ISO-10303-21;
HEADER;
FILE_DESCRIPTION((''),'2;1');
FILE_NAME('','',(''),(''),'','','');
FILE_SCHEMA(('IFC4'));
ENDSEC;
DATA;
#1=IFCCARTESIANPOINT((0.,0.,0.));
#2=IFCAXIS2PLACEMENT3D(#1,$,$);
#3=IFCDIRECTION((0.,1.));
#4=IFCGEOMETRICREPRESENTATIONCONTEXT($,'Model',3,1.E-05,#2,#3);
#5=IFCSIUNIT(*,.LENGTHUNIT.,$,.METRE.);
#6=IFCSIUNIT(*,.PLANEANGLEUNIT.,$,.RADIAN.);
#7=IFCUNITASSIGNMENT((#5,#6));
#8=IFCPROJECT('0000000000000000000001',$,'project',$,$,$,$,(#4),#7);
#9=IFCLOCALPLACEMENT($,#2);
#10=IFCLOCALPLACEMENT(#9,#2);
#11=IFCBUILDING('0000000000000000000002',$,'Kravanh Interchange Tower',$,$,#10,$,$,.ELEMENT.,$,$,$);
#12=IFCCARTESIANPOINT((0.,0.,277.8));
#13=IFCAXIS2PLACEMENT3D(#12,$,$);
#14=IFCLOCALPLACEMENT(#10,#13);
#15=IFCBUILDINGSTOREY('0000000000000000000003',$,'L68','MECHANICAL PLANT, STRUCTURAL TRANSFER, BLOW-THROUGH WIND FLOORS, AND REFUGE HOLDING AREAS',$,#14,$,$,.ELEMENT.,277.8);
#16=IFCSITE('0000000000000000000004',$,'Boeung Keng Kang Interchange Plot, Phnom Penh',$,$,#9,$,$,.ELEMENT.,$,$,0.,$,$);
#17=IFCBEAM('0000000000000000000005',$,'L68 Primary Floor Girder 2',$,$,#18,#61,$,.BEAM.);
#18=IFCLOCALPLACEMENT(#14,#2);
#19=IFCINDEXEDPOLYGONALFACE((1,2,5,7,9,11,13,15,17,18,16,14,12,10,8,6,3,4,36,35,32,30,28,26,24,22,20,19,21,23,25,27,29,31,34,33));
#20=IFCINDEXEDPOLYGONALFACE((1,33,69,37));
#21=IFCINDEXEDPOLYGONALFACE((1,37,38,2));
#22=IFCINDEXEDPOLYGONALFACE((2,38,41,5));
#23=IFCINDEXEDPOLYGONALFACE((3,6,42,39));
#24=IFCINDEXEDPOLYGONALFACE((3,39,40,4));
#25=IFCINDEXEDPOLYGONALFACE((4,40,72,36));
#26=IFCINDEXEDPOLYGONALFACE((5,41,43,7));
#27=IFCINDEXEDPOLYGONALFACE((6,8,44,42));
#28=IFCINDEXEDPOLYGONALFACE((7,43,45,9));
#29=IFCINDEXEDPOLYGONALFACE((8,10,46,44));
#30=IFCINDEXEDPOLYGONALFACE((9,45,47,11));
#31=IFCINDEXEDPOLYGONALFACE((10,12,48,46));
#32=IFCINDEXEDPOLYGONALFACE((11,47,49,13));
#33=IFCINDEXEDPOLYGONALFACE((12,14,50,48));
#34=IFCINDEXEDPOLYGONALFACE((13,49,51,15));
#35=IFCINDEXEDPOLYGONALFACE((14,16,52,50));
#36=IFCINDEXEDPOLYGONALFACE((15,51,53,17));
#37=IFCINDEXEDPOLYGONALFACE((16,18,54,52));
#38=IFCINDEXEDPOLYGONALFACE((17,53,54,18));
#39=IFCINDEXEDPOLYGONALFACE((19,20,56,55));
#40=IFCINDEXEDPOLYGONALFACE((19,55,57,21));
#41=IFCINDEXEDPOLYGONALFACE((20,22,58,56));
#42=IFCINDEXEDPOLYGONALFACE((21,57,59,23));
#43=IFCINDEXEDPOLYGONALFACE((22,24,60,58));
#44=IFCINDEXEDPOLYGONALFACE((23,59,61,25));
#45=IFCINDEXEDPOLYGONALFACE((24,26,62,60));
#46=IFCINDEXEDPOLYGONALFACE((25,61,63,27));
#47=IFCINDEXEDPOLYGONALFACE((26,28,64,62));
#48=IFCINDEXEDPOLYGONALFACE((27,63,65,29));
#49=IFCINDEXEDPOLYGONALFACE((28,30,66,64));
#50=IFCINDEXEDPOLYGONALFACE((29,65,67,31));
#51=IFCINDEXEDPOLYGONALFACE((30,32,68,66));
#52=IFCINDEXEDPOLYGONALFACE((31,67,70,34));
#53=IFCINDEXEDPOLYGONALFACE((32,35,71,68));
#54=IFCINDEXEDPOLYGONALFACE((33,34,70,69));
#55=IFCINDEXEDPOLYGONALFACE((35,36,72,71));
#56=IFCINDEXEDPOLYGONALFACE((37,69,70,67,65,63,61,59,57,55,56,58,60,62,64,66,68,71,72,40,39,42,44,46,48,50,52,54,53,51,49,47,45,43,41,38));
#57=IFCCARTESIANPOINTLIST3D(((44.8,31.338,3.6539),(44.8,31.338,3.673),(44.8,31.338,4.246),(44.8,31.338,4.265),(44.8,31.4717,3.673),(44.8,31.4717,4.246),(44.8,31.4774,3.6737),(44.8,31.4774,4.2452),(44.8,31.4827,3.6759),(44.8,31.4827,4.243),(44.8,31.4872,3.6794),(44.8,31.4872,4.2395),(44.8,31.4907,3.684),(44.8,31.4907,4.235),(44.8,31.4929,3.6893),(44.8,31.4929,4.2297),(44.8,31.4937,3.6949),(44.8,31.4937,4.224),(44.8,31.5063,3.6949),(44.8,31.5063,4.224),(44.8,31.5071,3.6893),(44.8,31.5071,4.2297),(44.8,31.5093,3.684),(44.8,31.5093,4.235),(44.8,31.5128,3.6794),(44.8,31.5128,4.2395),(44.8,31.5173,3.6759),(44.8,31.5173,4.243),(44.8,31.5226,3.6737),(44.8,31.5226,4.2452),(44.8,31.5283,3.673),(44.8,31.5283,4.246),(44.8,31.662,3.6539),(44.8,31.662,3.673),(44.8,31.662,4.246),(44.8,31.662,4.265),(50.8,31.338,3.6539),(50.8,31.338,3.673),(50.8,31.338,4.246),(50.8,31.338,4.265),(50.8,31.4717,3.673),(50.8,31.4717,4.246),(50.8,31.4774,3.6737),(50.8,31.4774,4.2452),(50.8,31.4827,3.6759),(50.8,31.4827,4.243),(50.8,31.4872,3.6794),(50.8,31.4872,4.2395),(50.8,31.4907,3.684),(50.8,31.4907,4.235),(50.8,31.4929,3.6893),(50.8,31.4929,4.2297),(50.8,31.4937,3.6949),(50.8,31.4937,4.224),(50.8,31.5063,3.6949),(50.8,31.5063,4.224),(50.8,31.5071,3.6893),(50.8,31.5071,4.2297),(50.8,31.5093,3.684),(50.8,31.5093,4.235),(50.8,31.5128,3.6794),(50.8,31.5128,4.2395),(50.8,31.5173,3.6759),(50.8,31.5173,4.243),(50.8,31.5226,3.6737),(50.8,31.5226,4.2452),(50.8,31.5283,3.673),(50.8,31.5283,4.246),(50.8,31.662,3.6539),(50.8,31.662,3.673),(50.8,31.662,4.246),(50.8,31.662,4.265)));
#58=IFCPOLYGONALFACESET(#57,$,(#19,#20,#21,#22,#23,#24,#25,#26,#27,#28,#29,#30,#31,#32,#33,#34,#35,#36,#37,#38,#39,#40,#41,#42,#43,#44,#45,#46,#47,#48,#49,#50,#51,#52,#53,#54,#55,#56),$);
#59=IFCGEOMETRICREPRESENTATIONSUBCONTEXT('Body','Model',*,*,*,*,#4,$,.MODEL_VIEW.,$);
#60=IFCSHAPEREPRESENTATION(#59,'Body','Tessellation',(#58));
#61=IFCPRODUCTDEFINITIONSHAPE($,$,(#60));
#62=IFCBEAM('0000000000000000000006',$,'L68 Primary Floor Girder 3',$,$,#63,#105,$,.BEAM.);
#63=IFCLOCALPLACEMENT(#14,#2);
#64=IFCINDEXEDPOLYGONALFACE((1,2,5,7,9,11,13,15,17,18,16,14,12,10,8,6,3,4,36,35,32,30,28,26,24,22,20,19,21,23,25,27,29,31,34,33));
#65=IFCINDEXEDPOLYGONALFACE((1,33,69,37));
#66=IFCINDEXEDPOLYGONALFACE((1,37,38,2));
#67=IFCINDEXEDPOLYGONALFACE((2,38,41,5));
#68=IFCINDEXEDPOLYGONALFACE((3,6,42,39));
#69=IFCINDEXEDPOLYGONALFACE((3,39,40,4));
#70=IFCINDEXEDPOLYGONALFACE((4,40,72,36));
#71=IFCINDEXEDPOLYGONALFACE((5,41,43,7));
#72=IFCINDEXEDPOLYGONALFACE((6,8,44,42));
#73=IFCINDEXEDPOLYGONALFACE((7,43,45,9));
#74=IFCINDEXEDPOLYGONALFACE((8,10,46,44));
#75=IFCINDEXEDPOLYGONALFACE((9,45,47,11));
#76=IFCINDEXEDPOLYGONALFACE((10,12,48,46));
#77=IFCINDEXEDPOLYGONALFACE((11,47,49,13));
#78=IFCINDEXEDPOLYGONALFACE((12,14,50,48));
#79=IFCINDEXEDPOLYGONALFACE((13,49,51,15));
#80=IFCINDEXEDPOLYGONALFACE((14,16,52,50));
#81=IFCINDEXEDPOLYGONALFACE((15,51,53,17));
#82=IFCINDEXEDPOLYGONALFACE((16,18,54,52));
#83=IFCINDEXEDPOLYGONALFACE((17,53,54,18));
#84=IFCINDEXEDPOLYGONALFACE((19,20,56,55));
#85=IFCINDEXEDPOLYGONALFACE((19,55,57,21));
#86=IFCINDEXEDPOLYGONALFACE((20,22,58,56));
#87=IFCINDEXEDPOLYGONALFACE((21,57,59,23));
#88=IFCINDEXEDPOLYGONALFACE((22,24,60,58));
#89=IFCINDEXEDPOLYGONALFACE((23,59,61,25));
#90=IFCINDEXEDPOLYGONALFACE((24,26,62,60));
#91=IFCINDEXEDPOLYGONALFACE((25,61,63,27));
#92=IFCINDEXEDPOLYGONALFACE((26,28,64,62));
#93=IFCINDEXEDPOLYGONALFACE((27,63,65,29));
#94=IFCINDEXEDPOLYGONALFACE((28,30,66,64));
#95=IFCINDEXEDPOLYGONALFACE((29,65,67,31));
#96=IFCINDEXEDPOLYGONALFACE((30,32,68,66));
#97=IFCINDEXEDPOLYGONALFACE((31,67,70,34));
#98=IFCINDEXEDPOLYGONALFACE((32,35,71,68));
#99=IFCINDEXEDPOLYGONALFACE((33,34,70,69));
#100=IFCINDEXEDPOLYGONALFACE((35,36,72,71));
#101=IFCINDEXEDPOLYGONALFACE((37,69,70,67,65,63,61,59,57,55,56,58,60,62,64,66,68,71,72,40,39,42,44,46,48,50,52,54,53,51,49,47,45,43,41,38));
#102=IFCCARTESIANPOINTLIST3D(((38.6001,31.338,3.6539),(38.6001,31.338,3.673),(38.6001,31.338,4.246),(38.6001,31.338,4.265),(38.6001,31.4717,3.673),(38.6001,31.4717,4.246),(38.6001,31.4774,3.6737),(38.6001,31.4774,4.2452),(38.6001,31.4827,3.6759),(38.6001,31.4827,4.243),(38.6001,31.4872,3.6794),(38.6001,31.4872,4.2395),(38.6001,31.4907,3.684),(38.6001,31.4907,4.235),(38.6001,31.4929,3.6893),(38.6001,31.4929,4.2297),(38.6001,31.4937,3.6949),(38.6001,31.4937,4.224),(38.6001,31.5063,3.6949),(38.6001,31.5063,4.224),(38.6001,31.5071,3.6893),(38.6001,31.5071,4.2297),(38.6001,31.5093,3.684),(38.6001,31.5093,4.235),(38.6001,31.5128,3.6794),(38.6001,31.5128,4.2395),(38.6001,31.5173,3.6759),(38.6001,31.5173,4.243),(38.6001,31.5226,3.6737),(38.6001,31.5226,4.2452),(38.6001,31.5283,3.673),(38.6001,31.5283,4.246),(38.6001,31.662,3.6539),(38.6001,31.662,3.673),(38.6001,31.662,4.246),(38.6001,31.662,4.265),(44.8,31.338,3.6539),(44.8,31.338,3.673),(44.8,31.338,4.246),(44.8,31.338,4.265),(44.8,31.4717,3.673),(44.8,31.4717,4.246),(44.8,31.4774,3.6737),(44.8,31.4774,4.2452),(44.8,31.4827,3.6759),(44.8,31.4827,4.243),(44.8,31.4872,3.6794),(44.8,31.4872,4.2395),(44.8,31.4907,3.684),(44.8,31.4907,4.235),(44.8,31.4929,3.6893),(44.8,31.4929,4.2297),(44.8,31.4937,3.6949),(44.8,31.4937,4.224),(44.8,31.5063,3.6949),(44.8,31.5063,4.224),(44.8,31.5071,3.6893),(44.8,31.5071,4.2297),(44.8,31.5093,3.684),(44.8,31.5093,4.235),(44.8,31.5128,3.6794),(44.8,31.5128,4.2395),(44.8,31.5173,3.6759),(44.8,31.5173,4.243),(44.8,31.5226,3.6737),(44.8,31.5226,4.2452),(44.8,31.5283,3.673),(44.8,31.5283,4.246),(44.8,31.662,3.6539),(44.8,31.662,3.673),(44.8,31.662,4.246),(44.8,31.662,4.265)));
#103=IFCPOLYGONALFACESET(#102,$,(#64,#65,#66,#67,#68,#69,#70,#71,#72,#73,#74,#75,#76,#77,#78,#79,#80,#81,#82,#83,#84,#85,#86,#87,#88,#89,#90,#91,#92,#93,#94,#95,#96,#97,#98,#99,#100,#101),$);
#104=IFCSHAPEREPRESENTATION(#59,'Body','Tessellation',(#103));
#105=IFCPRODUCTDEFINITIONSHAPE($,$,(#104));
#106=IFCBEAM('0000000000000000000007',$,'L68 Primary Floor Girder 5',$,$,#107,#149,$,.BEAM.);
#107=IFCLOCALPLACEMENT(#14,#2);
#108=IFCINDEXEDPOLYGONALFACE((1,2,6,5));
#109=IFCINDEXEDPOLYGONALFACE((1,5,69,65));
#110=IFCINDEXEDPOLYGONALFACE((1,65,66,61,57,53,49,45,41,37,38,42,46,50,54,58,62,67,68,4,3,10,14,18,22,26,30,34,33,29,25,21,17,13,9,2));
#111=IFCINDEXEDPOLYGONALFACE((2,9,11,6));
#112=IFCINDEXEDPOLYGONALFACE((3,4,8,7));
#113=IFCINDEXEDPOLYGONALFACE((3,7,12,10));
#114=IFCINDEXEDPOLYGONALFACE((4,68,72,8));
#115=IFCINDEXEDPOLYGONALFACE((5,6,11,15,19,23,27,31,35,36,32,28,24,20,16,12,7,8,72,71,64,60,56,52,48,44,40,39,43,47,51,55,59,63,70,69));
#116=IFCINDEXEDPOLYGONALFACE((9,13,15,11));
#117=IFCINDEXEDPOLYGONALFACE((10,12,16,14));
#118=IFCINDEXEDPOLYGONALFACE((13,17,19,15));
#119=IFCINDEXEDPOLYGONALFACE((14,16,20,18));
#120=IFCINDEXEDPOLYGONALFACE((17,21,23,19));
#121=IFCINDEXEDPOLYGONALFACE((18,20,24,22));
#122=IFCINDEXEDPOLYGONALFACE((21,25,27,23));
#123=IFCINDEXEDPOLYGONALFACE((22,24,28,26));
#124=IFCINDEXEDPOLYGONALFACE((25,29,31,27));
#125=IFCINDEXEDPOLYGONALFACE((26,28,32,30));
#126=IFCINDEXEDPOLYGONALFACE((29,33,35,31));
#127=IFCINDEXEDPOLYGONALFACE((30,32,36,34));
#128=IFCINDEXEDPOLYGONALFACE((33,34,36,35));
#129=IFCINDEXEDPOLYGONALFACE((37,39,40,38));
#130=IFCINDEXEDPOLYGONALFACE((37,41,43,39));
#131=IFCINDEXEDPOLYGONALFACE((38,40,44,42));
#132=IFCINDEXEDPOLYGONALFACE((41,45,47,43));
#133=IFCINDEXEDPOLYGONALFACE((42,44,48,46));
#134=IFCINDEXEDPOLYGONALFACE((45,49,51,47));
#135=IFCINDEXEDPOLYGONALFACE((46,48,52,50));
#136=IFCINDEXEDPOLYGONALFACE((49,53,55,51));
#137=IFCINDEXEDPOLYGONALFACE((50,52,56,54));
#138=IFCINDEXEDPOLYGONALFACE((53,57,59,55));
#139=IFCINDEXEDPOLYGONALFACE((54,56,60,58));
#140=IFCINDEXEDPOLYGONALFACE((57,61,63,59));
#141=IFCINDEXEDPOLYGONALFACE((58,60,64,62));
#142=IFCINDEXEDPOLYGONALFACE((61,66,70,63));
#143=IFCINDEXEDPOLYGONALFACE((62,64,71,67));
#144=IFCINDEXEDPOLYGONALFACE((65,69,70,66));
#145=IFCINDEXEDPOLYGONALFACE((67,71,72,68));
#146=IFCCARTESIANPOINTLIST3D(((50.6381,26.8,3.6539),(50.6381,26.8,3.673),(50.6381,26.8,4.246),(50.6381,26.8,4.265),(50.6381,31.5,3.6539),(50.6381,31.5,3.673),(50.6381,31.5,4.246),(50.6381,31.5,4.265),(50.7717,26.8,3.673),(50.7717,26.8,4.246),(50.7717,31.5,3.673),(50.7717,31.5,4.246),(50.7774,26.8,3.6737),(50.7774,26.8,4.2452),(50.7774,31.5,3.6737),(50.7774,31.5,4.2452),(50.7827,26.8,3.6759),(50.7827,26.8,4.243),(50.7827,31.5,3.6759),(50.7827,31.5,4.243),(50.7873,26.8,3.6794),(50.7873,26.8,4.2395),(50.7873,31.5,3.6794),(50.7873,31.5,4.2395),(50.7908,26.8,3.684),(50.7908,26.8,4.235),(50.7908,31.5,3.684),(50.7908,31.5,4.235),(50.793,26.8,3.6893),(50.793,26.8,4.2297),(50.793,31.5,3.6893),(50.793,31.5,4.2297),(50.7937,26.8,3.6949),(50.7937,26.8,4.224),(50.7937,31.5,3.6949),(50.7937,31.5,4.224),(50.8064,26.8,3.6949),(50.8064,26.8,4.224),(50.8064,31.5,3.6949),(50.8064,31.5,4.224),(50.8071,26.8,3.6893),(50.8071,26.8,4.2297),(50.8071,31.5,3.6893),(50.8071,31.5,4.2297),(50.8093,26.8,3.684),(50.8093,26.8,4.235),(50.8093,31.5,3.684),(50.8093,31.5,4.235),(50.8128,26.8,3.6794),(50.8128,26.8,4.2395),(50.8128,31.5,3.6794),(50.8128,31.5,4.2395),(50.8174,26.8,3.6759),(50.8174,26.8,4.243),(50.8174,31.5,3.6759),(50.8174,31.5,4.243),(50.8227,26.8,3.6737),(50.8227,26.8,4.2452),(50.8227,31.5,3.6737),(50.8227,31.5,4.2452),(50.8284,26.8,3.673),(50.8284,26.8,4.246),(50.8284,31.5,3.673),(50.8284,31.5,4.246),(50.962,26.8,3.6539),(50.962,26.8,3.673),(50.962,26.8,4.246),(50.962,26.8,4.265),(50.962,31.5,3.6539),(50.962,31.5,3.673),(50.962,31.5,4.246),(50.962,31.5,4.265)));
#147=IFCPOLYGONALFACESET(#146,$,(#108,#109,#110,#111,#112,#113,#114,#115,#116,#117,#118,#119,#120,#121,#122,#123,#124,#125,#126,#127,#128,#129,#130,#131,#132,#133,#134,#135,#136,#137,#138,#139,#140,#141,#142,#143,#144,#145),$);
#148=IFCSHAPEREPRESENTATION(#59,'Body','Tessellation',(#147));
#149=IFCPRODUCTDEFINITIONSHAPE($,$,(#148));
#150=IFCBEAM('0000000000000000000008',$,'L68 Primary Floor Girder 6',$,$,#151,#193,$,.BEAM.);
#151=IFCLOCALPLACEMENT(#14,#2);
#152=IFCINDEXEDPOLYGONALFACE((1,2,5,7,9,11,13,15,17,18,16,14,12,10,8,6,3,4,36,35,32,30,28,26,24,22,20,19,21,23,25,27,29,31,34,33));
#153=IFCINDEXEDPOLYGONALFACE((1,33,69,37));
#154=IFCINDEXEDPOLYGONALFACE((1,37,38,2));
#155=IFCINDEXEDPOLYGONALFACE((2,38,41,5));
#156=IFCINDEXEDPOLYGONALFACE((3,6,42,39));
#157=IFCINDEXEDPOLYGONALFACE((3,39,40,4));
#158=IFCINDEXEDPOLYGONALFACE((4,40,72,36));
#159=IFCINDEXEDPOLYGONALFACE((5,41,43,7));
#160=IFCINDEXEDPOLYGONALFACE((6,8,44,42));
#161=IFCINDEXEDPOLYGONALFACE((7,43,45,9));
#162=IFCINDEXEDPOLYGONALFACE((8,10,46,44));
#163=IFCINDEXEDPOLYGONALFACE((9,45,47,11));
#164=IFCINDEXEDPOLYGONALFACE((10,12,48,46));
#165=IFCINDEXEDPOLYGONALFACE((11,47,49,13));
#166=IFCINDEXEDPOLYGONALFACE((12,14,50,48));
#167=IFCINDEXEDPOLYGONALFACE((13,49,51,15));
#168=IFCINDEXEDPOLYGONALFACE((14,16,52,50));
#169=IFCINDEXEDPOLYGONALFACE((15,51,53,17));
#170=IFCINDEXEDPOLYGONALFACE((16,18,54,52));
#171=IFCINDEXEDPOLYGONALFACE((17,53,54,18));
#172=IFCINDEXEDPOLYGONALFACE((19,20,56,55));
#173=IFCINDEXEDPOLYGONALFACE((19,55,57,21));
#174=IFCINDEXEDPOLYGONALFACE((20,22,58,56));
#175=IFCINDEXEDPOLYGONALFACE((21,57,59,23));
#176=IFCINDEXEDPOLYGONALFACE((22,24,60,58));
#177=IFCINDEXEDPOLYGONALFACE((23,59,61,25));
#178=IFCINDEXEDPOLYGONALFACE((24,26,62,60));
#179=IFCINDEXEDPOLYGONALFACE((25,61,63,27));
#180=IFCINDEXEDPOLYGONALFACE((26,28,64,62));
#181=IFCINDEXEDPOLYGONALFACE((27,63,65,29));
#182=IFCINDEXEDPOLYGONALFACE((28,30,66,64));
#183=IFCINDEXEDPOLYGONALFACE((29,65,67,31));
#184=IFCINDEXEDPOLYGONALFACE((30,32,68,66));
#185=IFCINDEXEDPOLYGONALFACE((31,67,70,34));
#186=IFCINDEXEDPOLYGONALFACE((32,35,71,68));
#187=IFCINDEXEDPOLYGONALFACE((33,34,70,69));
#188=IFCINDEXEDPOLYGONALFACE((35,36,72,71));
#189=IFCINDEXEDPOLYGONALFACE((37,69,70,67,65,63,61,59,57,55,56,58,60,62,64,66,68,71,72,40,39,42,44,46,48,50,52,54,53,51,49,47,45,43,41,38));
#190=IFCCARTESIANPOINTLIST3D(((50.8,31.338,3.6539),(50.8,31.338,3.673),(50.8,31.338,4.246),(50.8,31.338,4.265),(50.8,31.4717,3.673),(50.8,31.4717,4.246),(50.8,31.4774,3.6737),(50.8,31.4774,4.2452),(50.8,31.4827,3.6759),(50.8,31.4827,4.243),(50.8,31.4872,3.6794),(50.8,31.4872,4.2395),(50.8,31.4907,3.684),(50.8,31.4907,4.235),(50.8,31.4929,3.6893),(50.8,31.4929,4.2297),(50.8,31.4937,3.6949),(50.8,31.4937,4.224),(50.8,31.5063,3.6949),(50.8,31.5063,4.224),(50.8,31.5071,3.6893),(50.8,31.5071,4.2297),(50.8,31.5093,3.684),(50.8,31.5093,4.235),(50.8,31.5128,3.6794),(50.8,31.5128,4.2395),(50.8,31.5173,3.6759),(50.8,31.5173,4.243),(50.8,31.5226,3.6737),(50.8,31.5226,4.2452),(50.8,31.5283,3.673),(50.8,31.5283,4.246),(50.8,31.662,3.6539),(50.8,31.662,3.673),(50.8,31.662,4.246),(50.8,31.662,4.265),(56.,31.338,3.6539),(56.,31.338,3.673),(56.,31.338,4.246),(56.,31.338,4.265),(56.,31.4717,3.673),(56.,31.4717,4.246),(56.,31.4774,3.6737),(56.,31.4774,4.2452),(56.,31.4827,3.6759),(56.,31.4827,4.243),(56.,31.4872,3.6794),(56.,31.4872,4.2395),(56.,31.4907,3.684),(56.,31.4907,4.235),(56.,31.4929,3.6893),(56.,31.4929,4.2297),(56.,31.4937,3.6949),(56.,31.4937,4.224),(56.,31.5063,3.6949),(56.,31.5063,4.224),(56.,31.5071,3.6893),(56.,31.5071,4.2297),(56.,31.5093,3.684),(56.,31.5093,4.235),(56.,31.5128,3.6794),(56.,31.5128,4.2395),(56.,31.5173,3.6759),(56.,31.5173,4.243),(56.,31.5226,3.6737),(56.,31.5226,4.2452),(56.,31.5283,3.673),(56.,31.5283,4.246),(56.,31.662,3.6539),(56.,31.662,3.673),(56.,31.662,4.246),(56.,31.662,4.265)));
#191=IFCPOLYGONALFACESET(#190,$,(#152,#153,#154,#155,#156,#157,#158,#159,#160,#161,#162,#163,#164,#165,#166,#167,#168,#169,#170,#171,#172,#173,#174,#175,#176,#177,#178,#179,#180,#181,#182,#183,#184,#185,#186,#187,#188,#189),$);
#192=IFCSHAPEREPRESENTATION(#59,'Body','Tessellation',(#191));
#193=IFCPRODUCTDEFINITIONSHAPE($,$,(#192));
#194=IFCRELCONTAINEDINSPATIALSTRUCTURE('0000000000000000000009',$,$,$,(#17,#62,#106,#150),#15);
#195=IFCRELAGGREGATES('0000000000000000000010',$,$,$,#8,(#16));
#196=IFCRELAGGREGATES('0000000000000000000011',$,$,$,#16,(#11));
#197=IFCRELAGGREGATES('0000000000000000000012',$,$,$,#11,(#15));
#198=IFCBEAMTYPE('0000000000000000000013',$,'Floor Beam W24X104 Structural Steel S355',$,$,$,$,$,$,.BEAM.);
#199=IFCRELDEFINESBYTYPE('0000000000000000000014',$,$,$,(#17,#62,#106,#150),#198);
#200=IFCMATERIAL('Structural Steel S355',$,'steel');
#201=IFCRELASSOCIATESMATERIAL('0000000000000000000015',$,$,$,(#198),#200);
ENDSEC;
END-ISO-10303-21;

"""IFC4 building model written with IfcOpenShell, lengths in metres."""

from ifc_helpers import new_model, si_unit, direction, frame, origin, origin_2d, place, context, subcontext, project, spatial, i_section, extrude, material, material_profile, profile_set, type_object, element, save


model = new_model("IFC4")

# Units and contexts
model_context = context("Model", 3, precision=1e-05, world=origin(), true_north=direction((0.0, 1.0)))
body_context = subcontext(model_context, "Body", "Model", "MODEL_VIEW")
ifc_project = project(units=[si_unit("LENGTHUNIT", "METRE"), si_unit("PLANEANGLEUNIT", "RADIAN")], contexts=[model_context])

# Site, building, storey
site_placement = place(None, origin())
site = spatial("IfcSite", under=ifc_project, at=site_placement, Name="Boeung Keng Kang Interchange Plot, Phnom Penh", CompositionType="ELEMENT", RefElevation=0.0)
building_placement = place(site_placement, origin())
building = spatial("IfcBuilding", under=site, at=building_placement, Name="Kravanh Interchange Tower", CompositionType="ELEMENT")
storey_placement = place(building_placement, frame((0.0, 0.0, 277.8)))
storey = spatial("IfcBuildingStorey", under=building, at=storey_placement, Name="L68", Description="MECHANICAL PLANT, STRUCTURAL TRANSFER, BLOW-THROUGH WIND FLOORS, AND REFUGE HOLDING AREAS", CompositionType="ELEMENT", Elevation=277.8)

# Beams
ifc_material_1 = material(Name="Structural Steel S355", Category="steel")
ifc_material_profile_1 = material_profile(ifc_material_1, i_section(OverallWidth=0.324, OverallDepth=0.6111, WebThickness=0.0127, FlangeThickness=0.019, FilletRadius=0.022, at=origin_2d()), Name="W24X104")
ifc_profile_set_1 = profile_set([ifc_material_profile_1], Name="Structural Steel S355")
beam_type_1 = type_object("IfcBeamType", Name="Floor Beam W24X104 Structural Steel S355", PredefinedType="BEAM", material=ifc_profile_set_1)
beam_1_placement = place(storey_placement, frame((44.8, 31.5, 3.9595), z_axis=(1.0, 0.0, 0.0), x_axis=(0.0, 1.0, 0.0)))
element("IfcBeam", 1, at=beam_1_placement, inside=storey, type_object=beam_type_1, Name="L68 Primary Floor Girder 2", PredefinedType="BEAM", context=body_context, shape_type="SweptSolid", body=[
    extrude(i_section(OverallWidth=0.324, OverallDepth=0.6111, WebThickness=0.0127, FlangeThickness=0.019, FilletRadius=0.022, at=origin_2d()), origin(), (0.0, 0.0, 1.0), 6.0),
])
beam_2_placement = place(storey_placement, frame((44.8, 31.5, 3.9595), z_axis=(-1.0, 0.0, 0.0), x_axis=(0.0, -1.0, 0.0)))
element("IfcBeam", 2, at=beam_2_placement, inside=storey, type_object=beam_type_1, Name="L68 Primary Floor Girder 3", PredefinedType="BEAM", context=body_context, shape_type="SweptSolid", body=[
    extrude(i_section(OverallWidth=0.324, OverallDepth=0.6111, WebThickness=0.0127, FlangeThickness=0.019, FilletRadius=0.022, at=origin_2d()), origin(), (0.0, 0.0, 1.0), 6.2),
])
beam_3_placement = place(storey_placement, frame((50.8, 31.5, 3.9595), z_axis=(0.0, -1.0, 0.0), x_axis=(1.0, 0.0, 0.0)))
element("IfcBeam", 3, at=beam_3_placement, inside=storey, type_object=beam_type_1, Name="L68 Primary Floor Girder 5", PredefinedType="BEAM", context=body_context, shape_type="SweptSolid", body=[
    extrude(i_section(OverallWidth=0.324, OverallDepth=0.6111, WebThickness=0.0127, FlangeThickness=0.019, FilletRadius=0.022, at=origin_2d()), origin(), (0.0, 0.0, 1.0), 4.7),
])
beam_4_placement = place(storey_placement, frame((50.8, 31.5, 3.9595), z_axis=(1.0, 0.0, 0.0), x_axis=(0.0, 1.0, 0.0)))
element("IfcBeam", 4, at=beam_4_placement, inside=storey, type_object=beam_type_1, Name="L68 Primary Floor Girder 6", PredefinedType="BEAM", context=body_context, shape_type="SweptSolid", body=[
    extrude(i_section(OverallWidth=0.324, OverallDepth=0.6111, WebThickness=0.0127, FlangeThickness=0.019, FilletRadius=0.022, at=origin_2d()), origin(), (0.0, 0.0, 1.0), 5.2),
])

save(model, "model.ifc")
